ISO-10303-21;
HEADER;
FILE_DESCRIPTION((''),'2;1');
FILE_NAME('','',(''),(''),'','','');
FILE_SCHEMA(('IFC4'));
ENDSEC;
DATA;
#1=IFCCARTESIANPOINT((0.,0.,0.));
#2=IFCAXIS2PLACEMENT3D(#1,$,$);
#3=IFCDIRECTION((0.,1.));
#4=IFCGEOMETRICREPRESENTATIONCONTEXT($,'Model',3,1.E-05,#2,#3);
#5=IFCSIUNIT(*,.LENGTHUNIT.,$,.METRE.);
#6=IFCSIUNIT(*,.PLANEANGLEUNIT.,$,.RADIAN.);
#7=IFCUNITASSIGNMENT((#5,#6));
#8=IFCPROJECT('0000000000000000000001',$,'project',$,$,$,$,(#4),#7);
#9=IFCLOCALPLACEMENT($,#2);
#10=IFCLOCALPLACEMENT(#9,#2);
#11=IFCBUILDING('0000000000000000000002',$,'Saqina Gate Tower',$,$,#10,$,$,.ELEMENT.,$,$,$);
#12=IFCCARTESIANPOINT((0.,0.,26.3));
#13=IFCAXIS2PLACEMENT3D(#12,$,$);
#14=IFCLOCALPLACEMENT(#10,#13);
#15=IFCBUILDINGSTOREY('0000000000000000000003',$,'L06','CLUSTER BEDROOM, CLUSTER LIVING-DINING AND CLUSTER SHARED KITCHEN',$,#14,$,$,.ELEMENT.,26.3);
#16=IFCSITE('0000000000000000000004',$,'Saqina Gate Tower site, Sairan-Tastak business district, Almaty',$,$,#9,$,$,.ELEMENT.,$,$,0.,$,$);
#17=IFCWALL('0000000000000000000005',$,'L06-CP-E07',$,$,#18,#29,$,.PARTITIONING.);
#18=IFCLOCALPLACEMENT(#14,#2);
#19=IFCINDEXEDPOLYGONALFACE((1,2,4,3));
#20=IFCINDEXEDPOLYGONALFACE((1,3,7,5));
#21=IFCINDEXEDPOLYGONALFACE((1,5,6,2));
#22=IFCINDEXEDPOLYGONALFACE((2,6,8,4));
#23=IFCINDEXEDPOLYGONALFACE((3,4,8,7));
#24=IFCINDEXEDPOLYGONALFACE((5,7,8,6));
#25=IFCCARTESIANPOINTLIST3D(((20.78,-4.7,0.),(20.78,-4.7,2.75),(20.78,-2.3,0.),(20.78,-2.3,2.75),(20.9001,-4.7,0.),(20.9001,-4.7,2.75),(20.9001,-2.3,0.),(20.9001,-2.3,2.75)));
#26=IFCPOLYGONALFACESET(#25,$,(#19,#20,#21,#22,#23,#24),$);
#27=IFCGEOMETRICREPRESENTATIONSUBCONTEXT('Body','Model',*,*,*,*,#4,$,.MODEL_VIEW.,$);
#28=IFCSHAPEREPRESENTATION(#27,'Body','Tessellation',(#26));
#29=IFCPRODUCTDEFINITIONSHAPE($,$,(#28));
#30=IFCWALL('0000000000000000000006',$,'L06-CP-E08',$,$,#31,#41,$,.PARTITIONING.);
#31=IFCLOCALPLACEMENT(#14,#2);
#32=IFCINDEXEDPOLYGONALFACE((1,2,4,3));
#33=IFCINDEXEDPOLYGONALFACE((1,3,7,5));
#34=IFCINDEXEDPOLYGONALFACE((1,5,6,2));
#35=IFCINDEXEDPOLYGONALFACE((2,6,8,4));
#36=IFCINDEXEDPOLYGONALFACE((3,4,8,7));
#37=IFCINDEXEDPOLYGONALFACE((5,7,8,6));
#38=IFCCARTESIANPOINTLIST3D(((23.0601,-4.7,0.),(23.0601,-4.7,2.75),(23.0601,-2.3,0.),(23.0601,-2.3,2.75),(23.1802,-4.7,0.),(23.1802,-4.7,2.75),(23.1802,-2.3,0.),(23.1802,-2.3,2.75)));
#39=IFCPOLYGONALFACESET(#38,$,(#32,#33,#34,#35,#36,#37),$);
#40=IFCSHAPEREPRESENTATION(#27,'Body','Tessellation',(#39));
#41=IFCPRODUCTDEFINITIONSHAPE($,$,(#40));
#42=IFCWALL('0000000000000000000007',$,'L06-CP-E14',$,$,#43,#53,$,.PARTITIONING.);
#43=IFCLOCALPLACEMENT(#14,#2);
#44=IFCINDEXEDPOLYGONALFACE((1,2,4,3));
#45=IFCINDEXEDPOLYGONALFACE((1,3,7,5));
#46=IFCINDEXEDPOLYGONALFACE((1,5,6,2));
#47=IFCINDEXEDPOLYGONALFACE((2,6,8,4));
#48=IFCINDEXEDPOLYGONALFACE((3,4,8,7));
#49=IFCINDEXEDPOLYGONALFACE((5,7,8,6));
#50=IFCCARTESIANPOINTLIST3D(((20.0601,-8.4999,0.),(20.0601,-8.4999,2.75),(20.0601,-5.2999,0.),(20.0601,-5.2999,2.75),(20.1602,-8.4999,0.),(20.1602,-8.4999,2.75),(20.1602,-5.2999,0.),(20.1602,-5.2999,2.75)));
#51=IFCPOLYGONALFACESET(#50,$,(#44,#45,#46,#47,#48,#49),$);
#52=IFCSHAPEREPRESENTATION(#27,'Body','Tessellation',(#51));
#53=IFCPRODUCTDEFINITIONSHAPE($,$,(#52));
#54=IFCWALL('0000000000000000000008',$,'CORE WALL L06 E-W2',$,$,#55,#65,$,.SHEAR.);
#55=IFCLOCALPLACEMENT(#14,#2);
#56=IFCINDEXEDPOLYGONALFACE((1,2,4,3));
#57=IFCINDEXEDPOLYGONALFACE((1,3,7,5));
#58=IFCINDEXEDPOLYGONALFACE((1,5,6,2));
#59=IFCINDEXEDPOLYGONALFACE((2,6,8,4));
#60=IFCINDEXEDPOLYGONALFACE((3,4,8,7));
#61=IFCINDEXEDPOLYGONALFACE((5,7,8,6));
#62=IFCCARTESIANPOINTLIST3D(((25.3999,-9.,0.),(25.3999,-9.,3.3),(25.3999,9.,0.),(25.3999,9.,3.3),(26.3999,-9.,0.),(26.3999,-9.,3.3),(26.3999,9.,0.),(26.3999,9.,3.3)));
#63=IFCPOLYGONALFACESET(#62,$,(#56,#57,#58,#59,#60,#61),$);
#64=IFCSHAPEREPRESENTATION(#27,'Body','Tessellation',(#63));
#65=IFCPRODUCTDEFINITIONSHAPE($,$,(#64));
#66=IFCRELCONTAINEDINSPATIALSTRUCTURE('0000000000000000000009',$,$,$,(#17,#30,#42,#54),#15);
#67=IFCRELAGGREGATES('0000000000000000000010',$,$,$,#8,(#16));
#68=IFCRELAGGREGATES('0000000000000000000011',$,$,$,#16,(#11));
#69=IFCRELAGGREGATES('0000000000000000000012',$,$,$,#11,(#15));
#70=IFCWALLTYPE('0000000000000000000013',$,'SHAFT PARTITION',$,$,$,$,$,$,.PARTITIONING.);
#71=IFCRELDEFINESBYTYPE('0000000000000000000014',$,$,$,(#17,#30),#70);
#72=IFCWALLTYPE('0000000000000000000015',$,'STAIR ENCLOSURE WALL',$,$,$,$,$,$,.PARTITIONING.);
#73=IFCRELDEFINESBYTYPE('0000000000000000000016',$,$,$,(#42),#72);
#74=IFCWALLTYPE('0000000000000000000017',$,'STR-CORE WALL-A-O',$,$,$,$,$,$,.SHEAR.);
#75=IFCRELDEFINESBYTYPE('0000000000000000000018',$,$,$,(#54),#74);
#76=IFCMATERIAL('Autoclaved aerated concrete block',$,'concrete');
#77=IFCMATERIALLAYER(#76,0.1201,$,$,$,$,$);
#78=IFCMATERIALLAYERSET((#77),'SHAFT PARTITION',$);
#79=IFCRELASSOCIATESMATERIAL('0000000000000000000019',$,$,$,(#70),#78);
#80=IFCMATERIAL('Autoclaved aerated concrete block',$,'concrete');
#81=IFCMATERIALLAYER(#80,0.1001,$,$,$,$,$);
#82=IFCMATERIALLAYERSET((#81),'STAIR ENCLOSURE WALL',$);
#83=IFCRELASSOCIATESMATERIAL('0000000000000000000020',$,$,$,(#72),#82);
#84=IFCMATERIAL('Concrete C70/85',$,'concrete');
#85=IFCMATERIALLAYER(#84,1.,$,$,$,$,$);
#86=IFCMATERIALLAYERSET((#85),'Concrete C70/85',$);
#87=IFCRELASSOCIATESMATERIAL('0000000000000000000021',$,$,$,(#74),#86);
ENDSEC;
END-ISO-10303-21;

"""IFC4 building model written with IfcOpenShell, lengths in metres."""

from ifc_helpers import new_model, si_unit, direction, frame, frame_2d, origin, place, context, subcontext, project, spatial, rectangle, extrude, material, layer, layer_set, type_object, element, save


model = new_model("IFC4")

# Units and contexts
model_context = context("Model", 3, precision=1e-05, world=origin(), true_north=direction((0.0, 1.0)))
body_context = subcontext(model_context, "Body", "Model", "MODEL_VIEW")
ifc_project = project(units=[si_unit("LENGTHUNIT", "METRE"), si_unit("PLANEANGLEUNIT", "RADIAN")], contexts=[model_context])

# Site, building, storey
site_placement = place(None, origin())
site = spatial("IfcSite", under=ifc_project, at=site_placement, Name="Saqina Gate Tower site, Sairan-Tastak business district, Almaty", CompositionType="ELEMENT", RefElevation=0.0)
building_placement = place(site_placement, origin())
building = spatial("IfcBuilding", under=site, at=building_placement, Name="Saqina Gate Tower", CompositionType="ELEMENT")
storey_placement = place(building_placement, frame((0.0, 0.0, 26.3)))
storey = spatial("IfcBuildingStorey", under=building, at=storey_placement, Name="L06", Description="CLUSTER BEDROOM, CLUSTER LIVING-DINING AND CLUSTER SHARED KITCHEN", CompositionType="ELEMENT", Elevation=26.3)

# Walls
ifc_material_1 = material(Name="Autoclaved aerated concrete block", Category="concrete")
ifc_layer_1 = layer(ifc_material_1, 0.1201)
ifc_layer_set_1 = layer_set([ifc_layer_1], Name="SHAFT PARTITION")
wall_type_1 = type_object("IfcWallType", Name="SHAFT PARTITION", PredefinedType="PARTITIONING", material=ifc_layer_set_1)
for number, where, z_axis, x_axis, name in (
    (1, (20.8401, -4.7, 0.0), (0.0, 0.0, 1.0), (0.0, 1.0, 0.0), "L06-CP-E07"),
    (2, (23.1201, -4.7, 0.0), (0.0, 0.0, 1.0), (0.0, 1.0, 0.0), "L06-CP-E08"),
):
    element("IfcWall", number, at=place(storey_placement, frame(where, z_axis=z_axis, x_axis=x_axis)), inside=storey, type_object=wall_type_1, Name=name, PredefinedType="PARTITIONING", context=body_context, shape_type="SweptSolid", body=[
        extrude(rectangle(XDim=2.3999, YDim=0.1201, at=frame_2d((1.2, 0.0))), origin(), (0.0, 0.0, 1.0), 2.75),
    ])
ifc_material_2 = material(Name="Autoclaved aerated concrete block", Category="concrete")
ifc_layer_2 = layer(ifc_material_2, 0.1001)
ifc_layer_set_2 = layer_set([ifc_layer_2], Name="STAIR ENCLOSURE WALL")
wall_type_2 = type_object("IfcWallType", Name="STAIR ENCLOSURE WALL", PredefinedType="PARTITIONING", material=ifc_layer_set_2)
wall_1_placement = place(storey_placement, frame((20.1101, -8.5, 0.0), z_axis=(0.0, 0.0, 1.0), x_axis=(0.0, 1.0, 0.0)))
element("IfcWall", 3, at=wall_1_placement, inside=storey, type_object=wall_type_2, Name="L06-CP-E14", PredefinedType="PARTITIONING", context=body_context, shape_type="SweptSolid", body=[
    extrude(rectangle(XDim=3.2, YDim=0.1001, at=frame_2d((1.6001, 0.0))), origin(), (0.0, 0.0, 1.0), 2.75),
])
ifc_material_3 = material(Name="Concrete C70/85", Category="concrete")
ifc_layer_3 = layer(ifc_material_3, 1.0)
ifc_layer_set_3 = layer_set([ifc_layer_3], Name="Concrete C70/85")
wall_type_3 = type_object("IfcWallType", Name="STR-CORE WALL-A-O", PredefinedType="SHEAR", material=ifc_layer_set_3)
wall_2_placement = place(storey_placement, frame((25.8999, -9.0, 0.0), z_axis=(0.0, 0.0, 1.0), x_axis=(0.0, 1.0, 0.0)))
element("IfcWall", 4, at=wall_2_placement, inside=storey, type_object=wall_type_3, Name="CORE WALL L06 E-W2", PredefinedType="SHEAR", context=body_context, shape_type="SweptSolid", body=[
    extrude(rectangle(XDim=18.0, YDim=1.0, at=frame_2d((9.0, 0.0))), origin(), (0.0, 0.0, 1.0), 3.3),
])

save(model, "model.ifc")
